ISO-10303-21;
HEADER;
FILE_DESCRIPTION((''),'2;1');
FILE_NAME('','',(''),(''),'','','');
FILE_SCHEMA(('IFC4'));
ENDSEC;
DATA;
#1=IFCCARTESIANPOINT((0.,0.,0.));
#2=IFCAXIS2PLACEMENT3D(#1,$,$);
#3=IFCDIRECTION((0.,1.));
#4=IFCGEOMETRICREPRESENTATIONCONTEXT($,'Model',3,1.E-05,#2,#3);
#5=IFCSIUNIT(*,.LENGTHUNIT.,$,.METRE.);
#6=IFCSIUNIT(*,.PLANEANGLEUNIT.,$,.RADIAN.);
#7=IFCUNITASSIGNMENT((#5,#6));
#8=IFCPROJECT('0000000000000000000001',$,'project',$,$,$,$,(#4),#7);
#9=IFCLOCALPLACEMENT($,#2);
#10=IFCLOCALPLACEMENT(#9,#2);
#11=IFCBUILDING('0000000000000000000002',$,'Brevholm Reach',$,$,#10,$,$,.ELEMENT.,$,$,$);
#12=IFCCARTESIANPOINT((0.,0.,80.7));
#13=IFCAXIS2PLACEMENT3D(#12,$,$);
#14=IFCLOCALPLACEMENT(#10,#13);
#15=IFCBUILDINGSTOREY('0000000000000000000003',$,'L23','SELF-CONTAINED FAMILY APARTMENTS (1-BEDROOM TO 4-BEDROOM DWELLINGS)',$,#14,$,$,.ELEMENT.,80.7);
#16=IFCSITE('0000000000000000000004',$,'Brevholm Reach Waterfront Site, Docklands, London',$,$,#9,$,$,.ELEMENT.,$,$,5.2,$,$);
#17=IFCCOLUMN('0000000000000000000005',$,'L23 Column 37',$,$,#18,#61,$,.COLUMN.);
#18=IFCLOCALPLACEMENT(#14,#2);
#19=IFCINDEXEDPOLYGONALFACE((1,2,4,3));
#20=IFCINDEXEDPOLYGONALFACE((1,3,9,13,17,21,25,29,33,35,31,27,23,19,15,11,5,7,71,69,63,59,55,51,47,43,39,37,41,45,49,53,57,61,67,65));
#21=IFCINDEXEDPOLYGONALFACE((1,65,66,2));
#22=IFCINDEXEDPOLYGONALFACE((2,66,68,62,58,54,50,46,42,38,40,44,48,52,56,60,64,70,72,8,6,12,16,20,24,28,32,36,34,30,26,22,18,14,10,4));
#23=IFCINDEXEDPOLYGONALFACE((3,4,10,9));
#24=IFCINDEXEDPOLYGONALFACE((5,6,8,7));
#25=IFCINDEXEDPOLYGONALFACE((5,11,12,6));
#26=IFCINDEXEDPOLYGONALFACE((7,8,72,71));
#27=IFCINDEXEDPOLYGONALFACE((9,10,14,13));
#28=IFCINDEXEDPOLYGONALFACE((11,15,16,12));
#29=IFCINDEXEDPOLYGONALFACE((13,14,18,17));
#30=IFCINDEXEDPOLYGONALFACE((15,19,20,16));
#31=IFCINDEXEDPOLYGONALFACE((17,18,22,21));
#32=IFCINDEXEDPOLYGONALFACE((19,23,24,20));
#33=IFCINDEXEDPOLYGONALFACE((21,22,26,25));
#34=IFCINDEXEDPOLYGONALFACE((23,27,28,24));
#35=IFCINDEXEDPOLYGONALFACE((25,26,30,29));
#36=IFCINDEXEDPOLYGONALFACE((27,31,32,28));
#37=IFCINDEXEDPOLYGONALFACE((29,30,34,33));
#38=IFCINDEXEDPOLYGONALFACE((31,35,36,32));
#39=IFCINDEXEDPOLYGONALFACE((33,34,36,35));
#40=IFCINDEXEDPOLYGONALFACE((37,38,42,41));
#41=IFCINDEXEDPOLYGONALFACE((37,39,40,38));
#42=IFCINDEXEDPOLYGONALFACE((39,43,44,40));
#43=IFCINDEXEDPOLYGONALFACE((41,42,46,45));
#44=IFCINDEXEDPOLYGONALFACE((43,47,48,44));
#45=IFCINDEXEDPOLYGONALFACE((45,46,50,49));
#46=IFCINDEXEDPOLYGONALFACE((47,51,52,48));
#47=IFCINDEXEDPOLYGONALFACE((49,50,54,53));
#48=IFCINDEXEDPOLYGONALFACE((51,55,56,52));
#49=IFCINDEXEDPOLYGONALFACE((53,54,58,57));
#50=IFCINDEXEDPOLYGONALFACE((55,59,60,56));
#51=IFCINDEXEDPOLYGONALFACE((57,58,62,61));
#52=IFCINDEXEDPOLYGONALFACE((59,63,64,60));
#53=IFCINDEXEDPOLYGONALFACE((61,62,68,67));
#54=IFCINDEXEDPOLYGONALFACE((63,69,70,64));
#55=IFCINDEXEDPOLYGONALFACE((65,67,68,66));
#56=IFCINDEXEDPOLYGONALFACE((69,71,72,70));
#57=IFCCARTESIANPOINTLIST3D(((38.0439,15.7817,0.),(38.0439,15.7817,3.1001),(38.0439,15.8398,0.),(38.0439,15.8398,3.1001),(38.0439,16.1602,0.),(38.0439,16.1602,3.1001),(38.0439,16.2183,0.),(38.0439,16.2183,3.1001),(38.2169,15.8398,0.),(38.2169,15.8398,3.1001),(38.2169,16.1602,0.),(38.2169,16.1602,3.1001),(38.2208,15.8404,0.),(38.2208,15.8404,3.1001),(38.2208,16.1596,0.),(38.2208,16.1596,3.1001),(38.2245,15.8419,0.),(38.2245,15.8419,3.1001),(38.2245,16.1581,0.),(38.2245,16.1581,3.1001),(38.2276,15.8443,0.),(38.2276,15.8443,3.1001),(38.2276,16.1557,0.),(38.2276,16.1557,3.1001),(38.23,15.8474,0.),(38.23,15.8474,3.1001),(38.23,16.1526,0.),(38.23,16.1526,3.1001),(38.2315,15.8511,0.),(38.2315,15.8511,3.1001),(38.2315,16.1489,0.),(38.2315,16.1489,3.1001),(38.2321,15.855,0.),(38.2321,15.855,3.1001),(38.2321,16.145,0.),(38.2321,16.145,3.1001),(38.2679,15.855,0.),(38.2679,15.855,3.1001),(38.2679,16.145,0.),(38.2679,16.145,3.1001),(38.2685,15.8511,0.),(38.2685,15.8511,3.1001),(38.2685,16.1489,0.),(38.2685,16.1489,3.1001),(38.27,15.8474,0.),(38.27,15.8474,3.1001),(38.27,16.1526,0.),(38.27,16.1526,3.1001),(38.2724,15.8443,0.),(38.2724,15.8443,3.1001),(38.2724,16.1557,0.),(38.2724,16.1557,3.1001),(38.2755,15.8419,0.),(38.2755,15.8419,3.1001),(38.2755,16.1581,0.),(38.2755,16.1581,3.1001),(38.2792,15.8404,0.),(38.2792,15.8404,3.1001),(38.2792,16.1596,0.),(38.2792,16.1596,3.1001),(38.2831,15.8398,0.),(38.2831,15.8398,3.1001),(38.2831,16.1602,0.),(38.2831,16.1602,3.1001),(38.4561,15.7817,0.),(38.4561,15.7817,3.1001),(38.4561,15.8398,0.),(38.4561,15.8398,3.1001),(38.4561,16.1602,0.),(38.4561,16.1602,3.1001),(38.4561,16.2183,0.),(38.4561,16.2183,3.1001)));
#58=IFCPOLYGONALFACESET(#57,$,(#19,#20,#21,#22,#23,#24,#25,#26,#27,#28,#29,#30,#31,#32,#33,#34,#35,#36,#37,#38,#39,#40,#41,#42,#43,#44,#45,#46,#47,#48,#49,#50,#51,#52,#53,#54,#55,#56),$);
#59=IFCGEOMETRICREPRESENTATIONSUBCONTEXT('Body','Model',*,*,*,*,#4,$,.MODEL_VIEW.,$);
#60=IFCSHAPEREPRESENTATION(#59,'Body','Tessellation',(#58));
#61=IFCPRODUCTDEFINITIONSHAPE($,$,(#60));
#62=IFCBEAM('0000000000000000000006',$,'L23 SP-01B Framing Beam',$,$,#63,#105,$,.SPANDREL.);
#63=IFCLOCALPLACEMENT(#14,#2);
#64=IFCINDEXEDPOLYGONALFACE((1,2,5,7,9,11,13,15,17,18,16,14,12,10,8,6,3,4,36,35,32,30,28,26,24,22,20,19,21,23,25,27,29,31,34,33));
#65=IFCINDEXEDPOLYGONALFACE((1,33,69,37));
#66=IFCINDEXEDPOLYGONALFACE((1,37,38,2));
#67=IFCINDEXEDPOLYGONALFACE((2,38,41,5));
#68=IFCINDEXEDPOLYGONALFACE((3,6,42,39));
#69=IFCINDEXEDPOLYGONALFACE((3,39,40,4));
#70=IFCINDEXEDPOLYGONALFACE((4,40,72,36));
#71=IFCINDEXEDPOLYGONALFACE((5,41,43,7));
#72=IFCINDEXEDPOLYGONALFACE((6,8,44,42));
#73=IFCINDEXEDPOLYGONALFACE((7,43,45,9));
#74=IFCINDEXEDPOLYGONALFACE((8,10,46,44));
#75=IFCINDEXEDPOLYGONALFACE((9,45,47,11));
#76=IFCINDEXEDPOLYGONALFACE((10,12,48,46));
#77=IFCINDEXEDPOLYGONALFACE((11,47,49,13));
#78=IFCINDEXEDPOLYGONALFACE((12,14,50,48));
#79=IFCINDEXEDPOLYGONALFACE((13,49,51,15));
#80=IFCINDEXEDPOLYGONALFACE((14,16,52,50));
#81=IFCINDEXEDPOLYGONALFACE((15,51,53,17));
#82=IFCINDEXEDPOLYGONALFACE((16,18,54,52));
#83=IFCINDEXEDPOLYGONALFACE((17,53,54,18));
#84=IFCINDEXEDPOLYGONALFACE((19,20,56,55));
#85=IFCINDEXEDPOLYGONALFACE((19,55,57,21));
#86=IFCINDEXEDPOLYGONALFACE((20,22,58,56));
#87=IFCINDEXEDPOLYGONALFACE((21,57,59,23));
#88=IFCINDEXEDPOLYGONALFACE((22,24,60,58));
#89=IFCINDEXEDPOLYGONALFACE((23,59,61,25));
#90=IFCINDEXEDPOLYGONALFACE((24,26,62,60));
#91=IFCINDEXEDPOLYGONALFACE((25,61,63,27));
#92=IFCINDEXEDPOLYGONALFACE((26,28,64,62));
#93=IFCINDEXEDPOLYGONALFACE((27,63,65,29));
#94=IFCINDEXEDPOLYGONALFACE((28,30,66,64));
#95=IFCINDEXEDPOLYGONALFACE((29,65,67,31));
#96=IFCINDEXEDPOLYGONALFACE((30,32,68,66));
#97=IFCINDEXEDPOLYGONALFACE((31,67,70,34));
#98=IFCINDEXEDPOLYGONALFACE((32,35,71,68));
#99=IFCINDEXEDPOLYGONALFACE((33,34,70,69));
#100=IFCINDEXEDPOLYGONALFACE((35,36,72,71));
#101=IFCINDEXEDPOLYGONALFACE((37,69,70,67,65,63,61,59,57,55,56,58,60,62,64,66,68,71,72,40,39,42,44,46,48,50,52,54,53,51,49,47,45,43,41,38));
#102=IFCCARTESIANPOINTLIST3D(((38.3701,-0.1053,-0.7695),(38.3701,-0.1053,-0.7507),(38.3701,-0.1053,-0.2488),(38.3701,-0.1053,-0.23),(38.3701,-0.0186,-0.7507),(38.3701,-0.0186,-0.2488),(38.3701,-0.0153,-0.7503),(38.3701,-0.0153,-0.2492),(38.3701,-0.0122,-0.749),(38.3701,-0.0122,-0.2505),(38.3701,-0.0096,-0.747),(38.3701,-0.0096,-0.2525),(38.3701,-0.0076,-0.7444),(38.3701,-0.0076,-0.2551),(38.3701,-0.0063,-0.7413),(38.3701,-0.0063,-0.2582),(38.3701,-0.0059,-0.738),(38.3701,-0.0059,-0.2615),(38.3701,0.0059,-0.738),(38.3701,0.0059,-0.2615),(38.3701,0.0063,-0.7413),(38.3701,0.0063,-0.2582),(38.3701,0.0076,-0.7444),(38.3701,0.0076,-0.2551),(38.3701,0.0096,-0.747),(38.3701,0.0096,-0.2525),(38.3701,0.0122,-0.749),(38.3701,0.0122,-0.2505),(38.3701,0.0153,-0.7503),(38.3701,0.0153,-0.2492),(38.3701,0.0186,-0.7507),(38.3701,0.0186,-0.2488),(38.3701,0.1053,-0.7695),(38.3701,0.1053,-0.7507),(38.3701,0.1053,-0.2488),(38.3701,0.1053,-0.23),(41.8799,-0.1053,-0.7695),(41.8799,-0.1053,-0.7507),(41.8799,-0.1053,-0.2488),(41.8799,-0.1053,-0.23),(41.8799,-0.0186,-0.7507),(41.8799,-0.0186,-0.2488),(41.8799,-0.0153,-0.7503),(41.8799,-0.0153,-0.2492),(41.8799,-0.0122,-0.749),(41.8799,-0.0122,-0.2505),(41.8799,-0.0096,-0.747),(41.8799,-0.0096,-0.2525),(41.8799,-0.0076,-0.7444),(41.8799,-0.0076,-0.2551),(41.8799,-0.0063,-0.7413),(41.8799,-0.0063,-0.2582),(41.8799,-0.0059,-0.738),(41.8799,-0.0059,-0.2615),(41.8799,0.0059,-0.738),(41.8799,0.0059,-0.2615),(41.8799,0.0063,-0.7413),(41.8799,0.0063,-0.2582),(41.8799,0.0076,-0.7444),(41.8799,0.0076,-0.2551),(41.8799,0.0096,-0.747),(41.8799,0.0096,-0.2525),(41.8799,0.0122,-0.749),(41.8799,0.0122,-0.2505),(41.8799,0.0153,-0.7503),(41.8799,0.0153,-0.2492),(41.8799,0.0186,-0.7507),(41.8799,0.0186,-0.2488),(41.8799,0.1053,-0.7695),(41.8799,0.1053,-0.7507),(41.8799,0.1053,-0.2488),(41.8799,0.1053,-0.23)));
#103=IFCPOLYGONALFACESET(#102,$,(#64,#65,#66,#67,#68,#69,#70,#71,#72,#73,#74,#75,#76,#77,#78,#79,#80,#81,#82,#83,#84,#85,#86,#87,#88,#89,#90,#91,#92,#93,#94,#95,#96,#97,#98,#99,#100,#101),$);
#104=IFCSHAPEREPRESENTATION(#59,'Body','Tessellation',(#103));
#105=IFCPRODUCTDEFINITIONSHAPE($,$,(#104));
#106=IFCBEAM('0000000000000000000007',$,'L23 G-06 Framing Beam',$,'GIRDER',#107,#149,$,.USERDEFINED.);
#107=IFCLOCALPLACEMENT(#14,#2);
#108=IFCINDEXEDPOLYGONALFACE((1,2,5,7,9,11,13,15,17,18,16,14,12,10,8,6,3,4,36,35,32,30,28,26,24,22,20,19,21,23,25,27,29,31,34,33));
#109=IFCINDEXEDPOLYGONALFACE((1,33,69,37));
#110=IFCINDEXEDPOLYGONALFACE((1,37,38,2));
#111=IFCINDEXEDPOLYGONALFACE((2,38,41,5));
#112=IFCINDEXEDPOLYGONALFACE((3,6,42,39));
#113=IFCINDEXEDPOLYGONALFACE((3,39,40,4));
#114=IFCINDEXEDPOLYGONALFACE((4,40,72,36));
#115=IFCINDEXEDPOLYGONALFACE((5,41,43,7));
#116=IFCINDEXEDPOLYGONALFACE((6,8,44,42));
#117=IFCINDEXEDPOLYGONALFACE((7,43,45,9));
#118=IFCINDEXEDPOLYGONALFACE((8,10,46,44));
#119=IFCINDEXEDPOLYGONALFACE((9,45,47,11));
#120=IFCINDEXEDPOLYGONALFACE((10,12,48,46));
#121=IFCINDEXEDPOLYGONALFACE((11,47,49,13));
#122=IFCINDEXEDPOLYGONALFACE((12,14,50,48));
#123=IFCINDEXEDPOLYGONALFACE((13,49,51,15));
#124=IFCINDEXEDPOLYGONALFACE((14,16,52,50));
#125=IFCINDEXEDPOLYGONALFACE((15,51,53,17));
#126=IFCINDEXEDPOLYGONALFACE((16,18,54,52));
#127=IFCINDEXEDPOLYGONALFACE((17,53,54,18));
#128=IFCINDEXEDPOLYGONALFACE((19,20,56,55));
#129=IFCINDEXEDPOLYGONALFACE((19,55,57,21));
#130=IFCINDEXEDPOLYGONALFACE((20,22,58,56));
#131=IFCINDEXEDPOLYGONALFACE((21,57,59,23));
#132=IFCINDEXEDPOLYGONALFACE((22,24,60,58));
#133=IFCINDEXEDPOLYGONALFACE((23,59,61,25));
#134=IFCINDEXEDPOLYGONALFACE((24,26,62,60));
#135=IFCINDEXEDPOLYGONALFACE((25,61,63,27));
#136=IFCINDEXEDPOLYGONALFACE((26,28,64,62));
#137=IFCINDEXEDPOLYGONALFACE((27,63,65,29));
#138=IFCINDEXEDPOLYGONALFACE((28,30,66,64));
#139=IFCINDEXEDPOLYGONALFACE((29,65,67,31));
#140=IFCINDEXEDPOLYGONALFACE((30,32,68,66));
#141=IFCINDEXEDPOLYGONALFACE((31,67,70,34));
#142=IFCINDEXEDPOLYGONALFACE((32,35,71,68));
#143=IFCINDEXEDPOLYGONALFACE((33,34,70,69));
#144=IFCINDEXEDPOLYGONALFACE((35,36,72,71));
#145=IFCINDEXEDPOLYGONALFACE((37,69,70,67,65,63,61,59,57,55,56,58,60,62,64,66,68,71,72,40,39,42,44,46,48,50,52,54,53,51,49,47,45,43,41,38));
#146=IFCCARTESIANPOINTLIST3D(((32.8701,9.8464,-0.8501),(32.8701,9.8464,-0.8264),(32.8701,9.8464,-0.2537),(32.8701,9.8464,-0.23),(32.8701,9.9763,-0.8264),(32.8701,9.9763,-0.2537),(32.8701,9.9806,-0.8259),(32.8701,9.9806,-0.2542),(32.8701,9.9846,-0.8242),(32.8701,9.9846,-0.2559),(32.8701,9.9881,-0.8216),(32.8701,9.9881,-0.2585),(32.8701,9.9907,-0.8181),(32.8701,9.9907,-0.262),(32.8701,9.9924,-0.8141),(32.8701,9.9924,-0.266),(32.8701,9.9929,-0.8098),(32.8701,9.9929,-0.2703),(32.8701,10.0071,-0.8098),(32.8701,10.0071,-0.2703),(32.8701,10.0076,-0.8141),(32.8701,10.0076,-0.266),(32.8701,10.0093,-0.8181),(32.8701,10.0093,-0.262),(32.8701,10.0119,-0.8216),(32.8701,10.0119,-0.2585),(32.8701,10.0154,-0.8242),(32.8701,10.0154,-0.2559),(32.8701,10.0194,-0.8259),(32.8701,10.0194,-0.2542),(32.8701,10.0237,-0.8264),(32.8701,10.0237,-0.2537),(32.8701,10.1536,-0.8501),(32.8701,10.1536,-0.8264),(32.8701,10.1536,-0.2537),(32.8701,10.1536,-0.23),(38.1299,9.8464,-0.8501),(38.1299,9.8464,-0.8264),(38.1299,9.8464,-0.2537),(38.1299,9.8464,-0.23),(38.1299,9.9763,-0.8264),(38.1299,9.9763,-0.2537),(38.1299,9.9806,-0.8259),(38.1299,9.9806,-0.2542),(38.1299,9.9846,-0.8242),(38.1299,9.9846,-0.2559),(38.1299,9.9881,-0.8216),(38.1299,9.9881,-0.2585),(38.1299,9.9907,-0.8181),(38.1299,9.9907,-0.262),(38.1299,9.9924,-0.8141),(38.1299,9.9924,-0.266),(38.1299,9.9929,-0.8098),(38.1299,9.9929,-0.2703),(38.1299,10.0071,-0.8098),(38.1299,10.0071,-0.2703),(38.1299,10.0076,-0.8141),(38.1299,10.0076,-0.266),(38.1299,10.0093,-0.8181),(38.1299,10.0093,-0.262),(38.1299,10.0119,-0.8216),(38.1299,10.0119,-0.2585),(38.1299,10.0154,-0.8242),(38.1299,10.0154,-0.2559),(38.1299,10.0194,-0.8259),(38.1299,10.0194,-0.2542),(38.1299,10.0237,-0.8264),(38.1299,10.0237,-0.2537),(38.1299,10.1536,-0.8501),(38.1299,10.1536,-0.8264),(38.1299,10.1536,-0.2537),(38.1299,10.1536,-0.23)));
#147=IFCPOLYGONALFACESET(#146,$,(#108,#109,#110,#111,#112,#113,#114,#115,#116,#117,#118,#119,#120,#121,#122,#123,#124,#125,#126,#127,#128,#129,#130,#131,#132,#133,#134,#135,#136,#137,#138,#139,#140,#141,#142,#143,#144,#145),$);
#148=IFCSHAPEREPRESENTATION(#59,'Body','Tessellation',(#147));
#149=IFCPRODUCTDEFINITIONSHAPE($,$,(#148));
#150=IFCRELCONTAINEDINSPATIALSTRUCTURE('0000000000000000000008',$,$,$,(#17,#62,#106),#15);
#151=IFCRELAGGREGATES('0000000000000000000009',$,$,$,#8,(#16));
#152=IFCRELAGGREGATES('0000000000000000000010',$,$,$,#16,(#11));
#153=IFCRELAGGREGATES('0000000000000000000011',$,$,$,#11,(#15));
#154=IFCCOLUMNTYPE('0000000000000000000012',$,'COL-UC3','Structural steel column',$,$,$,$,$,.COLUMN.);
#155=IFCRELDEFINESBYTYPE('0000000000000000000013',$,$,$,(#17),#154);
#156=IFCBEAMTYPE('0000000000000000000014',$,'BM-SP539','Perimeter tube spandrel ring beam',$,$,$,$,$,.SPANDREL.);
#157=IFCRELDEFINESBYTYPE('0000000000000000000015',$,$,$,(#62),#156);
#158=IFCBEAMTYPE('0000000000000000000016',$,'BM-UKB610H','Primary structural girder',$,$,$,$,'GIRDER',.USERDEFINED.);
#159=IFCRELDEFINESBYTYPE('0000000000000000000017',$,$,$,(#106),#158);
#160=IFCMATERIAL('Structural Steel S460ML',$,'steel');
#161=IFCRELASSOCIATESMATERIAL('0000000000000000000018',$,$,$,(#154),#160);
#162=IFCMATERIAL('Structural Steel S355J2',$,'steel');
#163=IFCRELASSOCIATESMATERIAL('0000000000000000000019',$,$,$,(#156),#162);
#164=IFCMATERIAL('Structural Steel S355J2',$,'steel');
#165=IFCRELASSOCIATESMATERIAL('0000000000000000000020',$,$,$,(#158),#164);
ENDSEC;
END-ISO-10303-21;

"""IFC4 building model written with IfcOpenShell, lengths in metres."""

from ifc_helpers import new_model, si_unit, direction, frame, origin, origin_2d, place, context, subcontext, project, spatial, i_section, extrude, material, material_profile, profile_set, type_object, element, save


model = new_model("IFC4")

# Units and contexts
model_context = context("Model", 3, precision=1e-05, world=origin(), true_north=direction((0.0, 1.0)))
body_context = subcontext(model_context, "Body", "Model", "MODEL_VIEW")
ifc_project = project(units=[si_unit("LENGTHUNIT", "METRE"), si_unit("PLANEANGLEUNIT", "RADIAN")], contexts=[model_context])

# Site, building, storey
site_placement = place(None, origin())
site = spatial("IfcSite", under=ifc_project, at=site_placement, Name="Brevholm Reach Waterfront Site, Docklands, London", CompositionType="ELEMENT", RefElevation=5.2)
building_placement = place(site_placement, origin())
building = spatial("IfcBuilding", under=site, at=building_placement, Name="Brevholm Reach", CompositionType="ELEMENT")
storey_placement = place(building_placement, frame((0.0, 0.0, 80.7)))
storey = spatial("IfcBuildingStorey", under=building, at=storey_placement, Name="L23", Description="SELF-CONTAINED FAMILY APARTMENTS (1-BEDROOM TO 4-BEDROOM DWELLINGS)", CompositionType="ELEMENT", Elevation=80.7)

# Column
ifc_material_1 = material(Name="Structural Steel S460ML", Category="steel")
ifc_material_profile_1 = material_profile(ifc_material_1, i_section(OverallWidth=0.4121, OverallDepth=0.4365, WebThickness=0.0359, FlangeThickness=0.0581, FilletRadius=0.0151, at=origin_2d()), Name="UKC 356x406x467")
ifc_profile_set_1 = profile_set([ifc_material_profile_1], Name="Structural Steel S460ML")
column_type_1 = type_object("IfcColumnType", Name="COL-UC3", Description="Structural steel column", PredefinedType="COLUMN", material=ifc_profile_set_1)
for number, where, z_axis, x_axis, name in (
    (1, (38.25, 16.0, 0.0), (0.0, 0.0, 1.0), (1.0, 0.0, 0.0), "L23 Column 37"),
):
    element("IfcColumn", number, at=place(storey_placement, frame(where, z_axis=z_axis, x_axis=x_axis)), inside=storey, type_object=column_type_1, Name=name, PredefinedType="COLUMN", context=body_context, shape_type="SweptSolid", body=[
        extrude(i_section(OverallWidth=0.4121, OverallDepth=0.4365, WebThickness=0.0359, FlangeThickness=0.0581, FilletRadius=0.0151, at=origin_2d()), origin(), (0.0, 0.0, 1.0), 3.1001),
    ])

# Beams
ifc_material_2 = material(Name="Structural Steel S355J2", Category="steel")
ifc_material_profile_2 = material_profile(ifc_material_2, i_section(OverallWidth=0.2107, OverallDepth=0.5396, WebThickness=0.0117, FlangeThickness=0.0188, FilletRadius=0.0127, at=origin_2d()), Name="UKB 533x210x109")
ifc_profile_set_2 = profile_set([ifc_material_profile_2], Name="Structural Steel S355J2")
beam_type_1 = type_object("IfcBeamType", Name="BM-SP539", Description="Perimeter tube spandrel ring beam", PredefinedType="SPANDREL", material=ifc_profile_set_2)
beam_1_placement = place(storey_placement, frame((38.3701, 0.0, -0.4998), z_axis=(1.0, 0.0, 0.0), x_axis=(0.0, 1.0, 0.0)))
element("IfcBeam", 2, at=beam_1_placement, inside=storey, type_object=beam_type_1, Name="L23 SP-01B Framing Beam", PredefinedType="SPANDREL", context=body_context, shape_type="SweptSolid", body=[
    extrude(i_section(OverallWidth=0.2107, OverallDepth=0.5396, WebThickness=0.0117, FlangeThickness=0.0188, FilletRadius=0.0127, at=origin_2d()), origin(), (0.0, 0.0, 1.0), 3.5098),
])
ifc_material_3 = material(Name="Structural Steel S355J2", Category="steel")
ifc_material_profile_3 = material_profile(ifc_material_3, i_section(OverallWidth=0.3071, OverallDepth=0.6201, WebThickness=0.0142, FlangeThickness=0.0237, FilletRadius=0.0166, at=origin_2d()), Name="UKB 610x305x179")
ifc_profile_set_3 = profile_set([ifc_material_profile_3], Name="Structural Steel S355J2")
beam_type_2 = type_object("IfcBeamType", Name="BM-UKB610H", Description="Primary structural girder", ElementType="GIRDER", PredefinedType="USERDEFINED", material=ifc_profile_set_3)
beam_2_placement = place(storey_placement, frame((32.8701, 10.0, -0.54), z_axis=(1.0, 0.0, 0.0), x_axis=(0.0, 1.0, 0.0)))
element("IfcBeam", 3, at=beam_2_placement, inside=storey, type_object=beam_type_2, Name="L23 G-06 Framing Beam", ObjectType="GIRDER", PredefinedType="USERDEFINED", context=body_context, shape_type="SweptSolid", body=[
    extrude(i_section(OverallWidth=0.3071, OverallDepth=0.6201, WebThickness=0.0142, FlangeThickness=0.0237, FilletRadius=0.0166, at=origin_2d()), origin(), (0.0, 0.0, 1.0), 5.2598),
])

save(model, "model.ifc")
